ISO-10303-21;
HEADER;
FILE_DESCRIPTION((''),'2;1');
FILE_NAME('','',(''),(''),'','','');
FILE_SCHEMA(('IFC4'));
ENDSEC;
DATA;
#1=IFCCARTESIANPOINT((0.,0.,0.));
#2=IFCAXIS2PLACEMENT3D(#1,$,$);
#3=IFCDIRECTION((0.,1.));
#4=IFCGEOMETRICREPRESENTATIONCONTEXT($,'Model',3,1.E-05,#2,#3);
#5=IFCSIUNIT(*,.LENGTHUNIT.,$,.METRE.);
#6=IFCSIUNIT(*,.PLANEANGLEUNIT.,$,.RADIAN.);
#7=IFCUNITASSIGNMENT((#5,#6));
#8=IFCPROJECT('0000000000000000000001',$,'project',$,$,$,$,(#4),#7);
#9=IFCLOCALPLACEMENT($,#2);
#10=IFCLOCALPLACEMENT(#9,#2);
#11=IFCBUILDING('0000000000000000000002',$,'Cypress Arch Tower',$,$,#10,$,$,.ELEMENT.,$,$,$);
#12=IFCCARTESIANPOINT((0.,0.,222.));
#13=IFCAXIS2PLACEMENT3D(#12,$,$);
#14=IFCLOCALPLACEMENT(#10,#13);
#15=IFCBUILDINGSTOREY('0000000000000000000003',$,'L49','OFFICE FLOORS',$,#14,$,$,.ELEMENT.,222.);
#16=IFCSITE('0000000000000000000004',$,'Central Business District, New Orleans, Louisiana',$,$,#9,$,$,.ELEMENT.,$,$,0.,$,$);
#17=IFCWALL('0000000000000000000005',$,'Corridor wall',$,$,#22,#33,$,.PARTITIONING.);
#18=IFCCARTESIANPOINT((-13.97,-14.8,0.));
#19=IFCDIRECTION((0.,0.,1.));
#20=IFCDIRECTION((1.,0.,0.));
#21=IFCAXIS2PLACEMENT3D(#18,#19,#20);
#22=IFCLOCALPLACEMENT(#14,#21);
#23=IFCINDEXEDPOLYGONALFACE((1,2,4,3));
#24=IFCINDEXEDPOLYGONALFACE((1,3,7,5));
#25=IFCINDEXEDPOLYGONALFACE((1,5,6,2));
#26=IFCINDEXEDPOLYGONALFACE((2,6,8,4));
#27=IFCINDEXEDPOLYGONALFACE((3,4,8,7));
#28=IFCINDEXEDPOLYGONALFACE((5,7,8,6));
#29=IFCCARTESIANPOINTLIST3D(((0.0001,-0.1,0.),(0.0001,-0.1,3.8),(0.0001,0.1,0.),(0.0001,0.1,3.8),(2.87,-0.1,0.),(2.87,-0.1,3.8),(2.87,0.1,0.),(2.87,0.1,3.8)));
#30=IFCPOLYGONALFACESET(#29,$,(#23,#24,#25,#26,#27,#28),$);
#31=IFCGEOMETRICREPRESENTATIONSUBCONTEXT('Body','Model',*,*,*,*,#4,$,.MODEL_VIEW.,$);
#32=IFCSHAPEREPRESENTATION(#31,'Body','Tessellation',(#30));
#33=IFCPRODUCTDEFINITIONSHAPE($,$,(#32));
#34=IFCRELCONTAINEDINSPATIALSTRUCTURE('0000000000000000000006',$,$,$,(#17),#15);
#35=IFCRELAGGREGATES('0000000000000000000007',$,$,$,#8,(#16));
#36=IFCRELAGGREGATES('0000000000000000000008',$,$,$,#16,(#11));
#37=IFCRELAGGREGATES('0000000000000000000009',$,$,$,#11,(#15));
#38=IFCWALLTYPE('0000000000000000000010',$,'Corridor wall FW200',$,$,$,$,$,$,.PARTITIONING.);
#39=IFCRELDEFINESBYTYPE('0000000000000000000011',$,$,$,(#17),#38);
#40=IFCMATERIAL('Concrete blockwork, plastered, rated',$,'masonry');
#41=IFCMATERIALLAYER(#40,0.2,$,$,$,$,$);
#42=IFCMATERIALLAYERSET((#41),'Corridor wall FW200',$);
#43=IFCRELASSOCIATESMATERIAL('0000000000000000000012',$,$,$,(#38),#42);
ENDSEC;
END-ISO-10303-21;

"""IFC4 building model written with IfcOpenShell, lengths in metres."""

from ifc_helpers import new_model, si_unit, direction, frame, frame_2d, origin, place, context, subcontext, project, spatial, rectangle, extrude, material, layer, layer_set, type_object, element, save


model = new_model("IFC4")

# Units and contexts
model_context = context("Model", 3, precision=1e-05, world=origin(), true_north=direction((0.0, 1.0)))
body_context = subcontext(model_context, "Body", "Model", "MODEL_VIEW")
ifc_project = project(units=[si_unit("LENGTHUNIT", "METRE"), si_unit("PLANEANGLEUNIT", "RADIAN")], contexts=[model_context])

# Site, building, storey
site_placement = place(None, origin())
site = spatial("IfcSite", under=ifc_project, at=site_placement, Name="Central Business District, New Orleans, Louisiana", CompositionType="ELEMENT", RefElevation=0.0)
building_placement = place(site_placement, origin())
building = spatial("IfcBuilding", under=site, at=building_placement, Name="Cypress Arch Tower", CompositionType="ELEMENT")
storey_placement = place(building_placement, frame((0.0, 0.0, 222.0)))
storey = spatial("IfcBuildingStorey", under=building, at=storey_placement, Name="L49", Description="OFFICE FLOORS", CompositionType="ELEMENT", Elevation=222.0)

# Wall
ifc_material_1 = material(Name="Concrete blockwork, plastered, rated", Category="masonry")
ifc_layer_1 = layer(ifc_material_1, 0.2)
ifc_layer_set_1 = layer_set([ifc_layer_1], Name="Corridor wall FW200")
wall_type_1 = type_object("IfcWallType", Name="Corridor wall FW200", PredefinedType="PARTITIONING", material=ifc_layer_set_1)
wall_1_placement = place(storey_placement, frame((-13.97, -14.8, 0.0), z_axis=(0.0, 0.0, 1.0), x_axis=(1.0, 0.0, 0.0)))
element("IfcWall", 1, at=wall_1_placement, inside=storey, type_object=wall_type_1, Name="Corridor wall", PredefinedType="PARTITIONING", context=body_context, shape_type="SweptSolid", body=[
    extrude(rectangle(XDim=2.8699, YDim=0.2, at=frame_2d((1.4351, 0.0))), origin(), (0.0, 0.0, 1.0), 3.8),
])

save(model, "model.ifc")
